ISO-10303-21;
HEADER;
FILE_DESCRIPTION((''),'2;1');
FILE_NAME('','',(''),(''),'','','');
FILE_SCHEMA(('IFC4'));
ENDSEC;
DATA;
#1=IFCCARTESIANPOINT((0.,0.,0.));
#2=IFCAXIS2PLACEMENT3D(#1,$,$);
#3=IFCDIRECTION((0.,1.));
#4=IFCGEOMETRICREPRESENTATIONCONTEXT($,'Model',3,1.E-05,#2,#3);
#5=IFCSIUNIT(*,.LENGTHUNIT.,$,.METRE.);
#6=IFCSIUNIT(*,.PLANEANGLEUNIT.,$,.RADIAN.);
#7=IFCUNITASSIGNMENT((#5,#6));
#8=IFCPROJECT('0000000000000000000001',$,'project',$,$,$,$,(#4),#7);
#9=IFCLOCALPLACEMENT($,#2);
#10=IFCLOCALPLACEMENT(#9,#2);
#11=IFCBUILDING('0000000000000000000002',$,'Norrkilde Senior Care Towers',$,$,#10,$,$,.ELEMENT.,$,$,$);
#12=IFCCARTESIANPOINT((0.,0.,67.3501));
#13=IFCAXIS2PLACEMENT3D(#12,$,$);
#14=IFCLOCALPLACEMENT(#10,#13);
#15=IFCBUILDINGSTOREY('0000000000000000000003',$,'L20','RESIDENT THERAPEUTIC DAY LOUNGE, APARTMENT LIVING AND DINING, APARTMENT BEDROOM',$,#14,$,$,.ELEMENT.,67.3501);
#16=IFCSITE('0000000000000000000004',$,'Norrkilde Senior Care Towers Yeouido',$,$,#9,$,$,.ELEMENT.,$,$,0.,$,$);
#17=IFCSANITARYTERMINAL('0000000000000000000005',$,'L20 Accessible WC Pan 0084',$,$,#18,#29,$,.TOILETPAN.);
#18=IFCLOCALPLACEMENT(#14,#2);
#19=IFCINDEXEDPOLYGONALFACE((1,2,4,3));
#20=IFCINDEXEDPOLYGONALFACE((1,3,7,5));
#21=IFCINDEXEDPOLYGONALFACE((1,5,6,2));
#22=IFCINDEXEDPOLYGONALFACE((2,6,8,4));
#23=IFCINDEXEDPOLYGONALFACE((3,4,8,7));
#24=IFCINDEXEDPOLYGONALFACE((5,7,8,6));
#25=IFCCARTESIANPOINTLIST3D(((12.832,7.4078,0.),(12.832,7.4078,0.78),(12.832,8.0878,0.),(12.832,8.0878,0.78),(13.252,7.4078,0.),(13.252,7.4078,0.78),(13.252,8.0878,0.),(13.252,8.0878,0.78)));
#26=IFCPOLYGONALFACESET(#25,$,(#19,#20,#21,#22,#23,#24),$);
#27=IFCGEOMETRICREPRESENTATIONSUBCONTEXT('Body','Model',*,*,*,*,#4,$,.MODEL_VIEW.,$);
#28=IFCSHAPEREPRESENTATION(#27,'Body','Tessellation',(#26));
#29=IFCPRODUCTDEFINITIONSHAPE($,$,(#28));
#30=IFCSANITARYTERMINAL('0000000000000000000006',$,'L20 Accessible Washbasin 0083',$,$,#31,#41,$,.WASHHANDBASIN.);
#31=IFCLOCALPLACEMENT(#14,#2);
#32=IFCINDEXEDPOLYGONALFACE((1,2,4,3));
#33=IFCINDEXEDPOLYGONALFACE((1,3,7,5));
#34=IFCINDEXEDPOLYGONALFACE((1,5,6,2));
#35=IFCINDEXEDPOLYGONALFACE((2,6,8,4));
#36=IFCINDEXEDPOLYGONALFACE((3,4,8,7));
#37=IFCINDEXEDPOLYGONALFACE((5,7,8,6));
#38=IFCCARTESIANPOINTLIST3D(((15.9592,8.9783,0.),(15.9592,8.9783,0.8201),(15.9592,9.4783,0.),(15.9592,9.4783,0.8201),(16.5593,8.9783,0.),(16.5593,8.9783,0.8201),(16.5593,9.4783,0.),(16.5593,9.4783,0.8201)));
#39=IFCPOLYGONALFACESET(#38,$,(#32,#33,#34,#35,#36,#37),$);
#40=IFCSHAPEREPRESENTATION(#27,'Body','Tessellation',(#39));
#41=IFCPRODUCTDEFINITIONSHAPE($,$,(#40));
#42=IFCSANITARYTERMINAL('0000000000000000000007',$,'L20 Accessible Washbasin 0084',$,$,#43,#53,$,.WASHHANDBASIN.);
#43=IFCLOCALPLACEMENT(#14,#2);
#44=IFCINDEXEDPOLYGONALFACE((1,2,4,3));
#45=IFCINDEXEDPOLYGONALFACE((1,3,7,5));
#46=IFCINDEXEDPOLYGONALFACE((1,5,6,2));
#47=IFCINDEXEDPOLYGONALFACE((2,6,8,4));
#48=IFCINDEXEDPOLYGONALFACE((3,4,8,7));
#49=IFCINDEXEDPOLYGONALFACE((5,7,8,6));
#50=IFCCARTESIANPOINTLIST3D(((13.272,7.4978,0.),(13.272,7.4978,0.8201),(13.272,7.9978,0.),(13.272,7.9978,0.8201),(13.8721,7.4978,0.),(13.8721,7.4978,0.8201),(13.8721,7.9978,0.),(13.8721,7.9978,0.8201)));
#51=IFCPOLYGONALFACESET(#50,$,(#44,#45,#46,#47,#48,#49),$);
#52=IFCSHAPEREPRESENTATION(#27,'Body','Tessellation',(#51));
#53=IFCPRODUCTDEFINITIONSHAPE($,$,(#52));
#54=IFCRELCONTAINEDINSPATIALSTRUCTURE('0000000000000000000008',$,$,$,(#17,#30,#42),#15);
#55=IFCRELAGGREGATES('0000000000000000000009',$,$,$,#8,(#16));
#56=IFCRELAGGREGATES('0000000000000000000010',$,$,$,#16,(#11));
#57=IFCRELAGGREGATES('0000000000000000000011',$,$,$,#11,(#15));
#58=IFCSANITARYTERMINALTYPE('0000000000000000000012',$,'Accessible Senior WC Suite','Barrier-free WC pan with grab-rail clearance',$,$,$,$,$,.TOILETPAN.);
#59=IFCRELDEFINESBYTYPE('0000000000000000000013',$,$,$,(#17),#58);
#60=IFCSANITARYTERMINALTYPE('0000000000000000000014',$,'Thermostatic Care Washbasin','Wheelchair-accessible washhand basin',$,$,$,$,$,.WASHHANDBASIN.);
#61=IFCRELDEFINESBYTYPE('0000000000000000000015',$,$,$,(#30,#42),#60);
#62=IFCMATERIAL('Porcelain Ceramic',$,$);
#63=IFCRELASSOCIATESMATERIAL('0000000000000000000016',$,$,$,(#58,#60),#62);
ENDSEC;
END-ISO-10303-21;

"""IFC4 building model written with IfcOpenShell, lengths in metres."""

from ifc_helpers import new_model, si_unit, direction, frame, origin, origin_2d, place, context, subcontext, project, spatial, rectangle, extrude, source, transform, mapped, material, type_object, type_shapes, element, save


model = new_model("IFC4")

# Units and contexts
model_context = context("Model", 3, precision=1e-05, world=origin(), true_north=direction((0.0, 1.0)))
body_context = subcontext(model_context, "Body", "Model", "MODEL_VIEW")
ifc_project = project(units=[si_unit("LENGTHUNIT", "METRE"), si_unit("PLANEANGLEUNIT", "RADIAN")], contexts=[model_context])

# Site, building, storey
site_placement = place(None, origin())
site = spatial("IfcSite", under=ifc_project, at=site_placement, Name="Norrkilde Senior Care Towers Yeouido", CompositionType="ELEMENT", RefElevation=0.0)
building_placement = place(site_placement, origin())
building = spatial("IfcBuilding", under=site, at=building_placement, Name="Norrkilde Senior Care Towers", CompositionType="ELEMENT")
storey_placement = place(building_placement, frame((0.0, 0.0, 67.3501)))
storey = spatial("IfcBuildingStorey", under=building, at=storey_placement, Name="L20", Description="RESIDENT THERAPEUTIC DAY LOUNGE, APARTMENT LIVING AND DINING, APARTMENT BEDROOM", CompositionType="ELEMENT", Elevation=67.3501)

# Sanitary terminals
ifc_material_1 = material(Name="Porcelain Ceramic")
sanitary_terminal_type_1 = type_object("IfcSanitaryTerminalType", Name="Accessible Senior WC Suite", Description="Barrier-free WC pan with grab-rail clearance", PredefinedType="TOILETPAN", material=ifc_material_1)
shared_shape_1 = source(origin(), body_context, "Body", "SweptSolid", [
    extrude(rectangle(XDim=0.4199, YDim=0.6799, at=origin_2d()), origin(), (0.0, 0.0, 1.0), 0.78),
])
type_shapes(sanitary_terminal_type_1, [shared_shape_1])
for number, where, z_axis, x_axis, name in (
    (1, (13.042, 7.7478, 0.0), (0.0, 0.0, 1.0), (1.0, 0.0, 0.0), "L20 Accessible WC Pan 0084"),
):
    element("IfcSanitaryTerminal", number, at=place(storey_placement, frame(where, z_axis=z_axis, x_axis=x_axis)), inside=storey, type_object=sanitary_terminal_type_1, Name=name, PredefinedType="TOILETPAN", context=body_context, shape_type="MappedRepresentation", body=[
        mapped(shared_shape_1, transform((0.0, 0.0, 0.0), x_axis=(1.0, 0.0, 0.0), y_axis=(0.0, 1.0, 0.0), z_axis=(0.0, 0.0, 1.0), scale=1.0)),
    ])
sanitary_terminal_type_2 = type_object("IfcSanitaryTerminalType", Name="Thermostatic Care Washbasin", Description="Wheelchair-accessible washhand basin", PredefinedType="WASHHANDBASIN", material=ifc_material_1)
shared_shape_2 = source(origin(), body_context, "Body", "SweptSolid", [
    extrude(rectangle(XDim=0.6001, YDim=0.5, at=origin_2d()), origin(), (0.0, 0.0, 1.0), 0.8201),
])
type_shapes(sanitary_terminal_type_2, [shared_shape_2])
for number, where, z_axis, x_axis, name in (
    (2, (16.2593, 9.2283, 0.0), (0.0, 0.0, 1.0), (1.0, 0.0, 0.0), "L20 Accessible Washbasin 0083"),
    (3, (13.572, 7.7478, 0.0), (0.0, 0.0, 1.0), (1.0, 0.0, 0.0), "L20 Accessible Washbasin 0084"),
):
    element("IfcSanitaryTerminal", number, at=place(storey_placement, frame(where, z_axis=z_axis, x_axis=x_axis)), inside=storey, type_object=sanitary_terminal_type_2, Name=name, PredefinedType="WASHHANDBASIN", context=body_context, shape_type="MappedRepresentation", body=[
        mapped(shared_shape_2, transform((0.0, 0.0, 0.0), x_axis=(1.0, 0.0, 0.0), y_axis=(0.0, 1.0, 0.0), z_axis=(0.0, 0.0, 1.0), scale=1.0)),
    ])

save(model, "model.ifc")
